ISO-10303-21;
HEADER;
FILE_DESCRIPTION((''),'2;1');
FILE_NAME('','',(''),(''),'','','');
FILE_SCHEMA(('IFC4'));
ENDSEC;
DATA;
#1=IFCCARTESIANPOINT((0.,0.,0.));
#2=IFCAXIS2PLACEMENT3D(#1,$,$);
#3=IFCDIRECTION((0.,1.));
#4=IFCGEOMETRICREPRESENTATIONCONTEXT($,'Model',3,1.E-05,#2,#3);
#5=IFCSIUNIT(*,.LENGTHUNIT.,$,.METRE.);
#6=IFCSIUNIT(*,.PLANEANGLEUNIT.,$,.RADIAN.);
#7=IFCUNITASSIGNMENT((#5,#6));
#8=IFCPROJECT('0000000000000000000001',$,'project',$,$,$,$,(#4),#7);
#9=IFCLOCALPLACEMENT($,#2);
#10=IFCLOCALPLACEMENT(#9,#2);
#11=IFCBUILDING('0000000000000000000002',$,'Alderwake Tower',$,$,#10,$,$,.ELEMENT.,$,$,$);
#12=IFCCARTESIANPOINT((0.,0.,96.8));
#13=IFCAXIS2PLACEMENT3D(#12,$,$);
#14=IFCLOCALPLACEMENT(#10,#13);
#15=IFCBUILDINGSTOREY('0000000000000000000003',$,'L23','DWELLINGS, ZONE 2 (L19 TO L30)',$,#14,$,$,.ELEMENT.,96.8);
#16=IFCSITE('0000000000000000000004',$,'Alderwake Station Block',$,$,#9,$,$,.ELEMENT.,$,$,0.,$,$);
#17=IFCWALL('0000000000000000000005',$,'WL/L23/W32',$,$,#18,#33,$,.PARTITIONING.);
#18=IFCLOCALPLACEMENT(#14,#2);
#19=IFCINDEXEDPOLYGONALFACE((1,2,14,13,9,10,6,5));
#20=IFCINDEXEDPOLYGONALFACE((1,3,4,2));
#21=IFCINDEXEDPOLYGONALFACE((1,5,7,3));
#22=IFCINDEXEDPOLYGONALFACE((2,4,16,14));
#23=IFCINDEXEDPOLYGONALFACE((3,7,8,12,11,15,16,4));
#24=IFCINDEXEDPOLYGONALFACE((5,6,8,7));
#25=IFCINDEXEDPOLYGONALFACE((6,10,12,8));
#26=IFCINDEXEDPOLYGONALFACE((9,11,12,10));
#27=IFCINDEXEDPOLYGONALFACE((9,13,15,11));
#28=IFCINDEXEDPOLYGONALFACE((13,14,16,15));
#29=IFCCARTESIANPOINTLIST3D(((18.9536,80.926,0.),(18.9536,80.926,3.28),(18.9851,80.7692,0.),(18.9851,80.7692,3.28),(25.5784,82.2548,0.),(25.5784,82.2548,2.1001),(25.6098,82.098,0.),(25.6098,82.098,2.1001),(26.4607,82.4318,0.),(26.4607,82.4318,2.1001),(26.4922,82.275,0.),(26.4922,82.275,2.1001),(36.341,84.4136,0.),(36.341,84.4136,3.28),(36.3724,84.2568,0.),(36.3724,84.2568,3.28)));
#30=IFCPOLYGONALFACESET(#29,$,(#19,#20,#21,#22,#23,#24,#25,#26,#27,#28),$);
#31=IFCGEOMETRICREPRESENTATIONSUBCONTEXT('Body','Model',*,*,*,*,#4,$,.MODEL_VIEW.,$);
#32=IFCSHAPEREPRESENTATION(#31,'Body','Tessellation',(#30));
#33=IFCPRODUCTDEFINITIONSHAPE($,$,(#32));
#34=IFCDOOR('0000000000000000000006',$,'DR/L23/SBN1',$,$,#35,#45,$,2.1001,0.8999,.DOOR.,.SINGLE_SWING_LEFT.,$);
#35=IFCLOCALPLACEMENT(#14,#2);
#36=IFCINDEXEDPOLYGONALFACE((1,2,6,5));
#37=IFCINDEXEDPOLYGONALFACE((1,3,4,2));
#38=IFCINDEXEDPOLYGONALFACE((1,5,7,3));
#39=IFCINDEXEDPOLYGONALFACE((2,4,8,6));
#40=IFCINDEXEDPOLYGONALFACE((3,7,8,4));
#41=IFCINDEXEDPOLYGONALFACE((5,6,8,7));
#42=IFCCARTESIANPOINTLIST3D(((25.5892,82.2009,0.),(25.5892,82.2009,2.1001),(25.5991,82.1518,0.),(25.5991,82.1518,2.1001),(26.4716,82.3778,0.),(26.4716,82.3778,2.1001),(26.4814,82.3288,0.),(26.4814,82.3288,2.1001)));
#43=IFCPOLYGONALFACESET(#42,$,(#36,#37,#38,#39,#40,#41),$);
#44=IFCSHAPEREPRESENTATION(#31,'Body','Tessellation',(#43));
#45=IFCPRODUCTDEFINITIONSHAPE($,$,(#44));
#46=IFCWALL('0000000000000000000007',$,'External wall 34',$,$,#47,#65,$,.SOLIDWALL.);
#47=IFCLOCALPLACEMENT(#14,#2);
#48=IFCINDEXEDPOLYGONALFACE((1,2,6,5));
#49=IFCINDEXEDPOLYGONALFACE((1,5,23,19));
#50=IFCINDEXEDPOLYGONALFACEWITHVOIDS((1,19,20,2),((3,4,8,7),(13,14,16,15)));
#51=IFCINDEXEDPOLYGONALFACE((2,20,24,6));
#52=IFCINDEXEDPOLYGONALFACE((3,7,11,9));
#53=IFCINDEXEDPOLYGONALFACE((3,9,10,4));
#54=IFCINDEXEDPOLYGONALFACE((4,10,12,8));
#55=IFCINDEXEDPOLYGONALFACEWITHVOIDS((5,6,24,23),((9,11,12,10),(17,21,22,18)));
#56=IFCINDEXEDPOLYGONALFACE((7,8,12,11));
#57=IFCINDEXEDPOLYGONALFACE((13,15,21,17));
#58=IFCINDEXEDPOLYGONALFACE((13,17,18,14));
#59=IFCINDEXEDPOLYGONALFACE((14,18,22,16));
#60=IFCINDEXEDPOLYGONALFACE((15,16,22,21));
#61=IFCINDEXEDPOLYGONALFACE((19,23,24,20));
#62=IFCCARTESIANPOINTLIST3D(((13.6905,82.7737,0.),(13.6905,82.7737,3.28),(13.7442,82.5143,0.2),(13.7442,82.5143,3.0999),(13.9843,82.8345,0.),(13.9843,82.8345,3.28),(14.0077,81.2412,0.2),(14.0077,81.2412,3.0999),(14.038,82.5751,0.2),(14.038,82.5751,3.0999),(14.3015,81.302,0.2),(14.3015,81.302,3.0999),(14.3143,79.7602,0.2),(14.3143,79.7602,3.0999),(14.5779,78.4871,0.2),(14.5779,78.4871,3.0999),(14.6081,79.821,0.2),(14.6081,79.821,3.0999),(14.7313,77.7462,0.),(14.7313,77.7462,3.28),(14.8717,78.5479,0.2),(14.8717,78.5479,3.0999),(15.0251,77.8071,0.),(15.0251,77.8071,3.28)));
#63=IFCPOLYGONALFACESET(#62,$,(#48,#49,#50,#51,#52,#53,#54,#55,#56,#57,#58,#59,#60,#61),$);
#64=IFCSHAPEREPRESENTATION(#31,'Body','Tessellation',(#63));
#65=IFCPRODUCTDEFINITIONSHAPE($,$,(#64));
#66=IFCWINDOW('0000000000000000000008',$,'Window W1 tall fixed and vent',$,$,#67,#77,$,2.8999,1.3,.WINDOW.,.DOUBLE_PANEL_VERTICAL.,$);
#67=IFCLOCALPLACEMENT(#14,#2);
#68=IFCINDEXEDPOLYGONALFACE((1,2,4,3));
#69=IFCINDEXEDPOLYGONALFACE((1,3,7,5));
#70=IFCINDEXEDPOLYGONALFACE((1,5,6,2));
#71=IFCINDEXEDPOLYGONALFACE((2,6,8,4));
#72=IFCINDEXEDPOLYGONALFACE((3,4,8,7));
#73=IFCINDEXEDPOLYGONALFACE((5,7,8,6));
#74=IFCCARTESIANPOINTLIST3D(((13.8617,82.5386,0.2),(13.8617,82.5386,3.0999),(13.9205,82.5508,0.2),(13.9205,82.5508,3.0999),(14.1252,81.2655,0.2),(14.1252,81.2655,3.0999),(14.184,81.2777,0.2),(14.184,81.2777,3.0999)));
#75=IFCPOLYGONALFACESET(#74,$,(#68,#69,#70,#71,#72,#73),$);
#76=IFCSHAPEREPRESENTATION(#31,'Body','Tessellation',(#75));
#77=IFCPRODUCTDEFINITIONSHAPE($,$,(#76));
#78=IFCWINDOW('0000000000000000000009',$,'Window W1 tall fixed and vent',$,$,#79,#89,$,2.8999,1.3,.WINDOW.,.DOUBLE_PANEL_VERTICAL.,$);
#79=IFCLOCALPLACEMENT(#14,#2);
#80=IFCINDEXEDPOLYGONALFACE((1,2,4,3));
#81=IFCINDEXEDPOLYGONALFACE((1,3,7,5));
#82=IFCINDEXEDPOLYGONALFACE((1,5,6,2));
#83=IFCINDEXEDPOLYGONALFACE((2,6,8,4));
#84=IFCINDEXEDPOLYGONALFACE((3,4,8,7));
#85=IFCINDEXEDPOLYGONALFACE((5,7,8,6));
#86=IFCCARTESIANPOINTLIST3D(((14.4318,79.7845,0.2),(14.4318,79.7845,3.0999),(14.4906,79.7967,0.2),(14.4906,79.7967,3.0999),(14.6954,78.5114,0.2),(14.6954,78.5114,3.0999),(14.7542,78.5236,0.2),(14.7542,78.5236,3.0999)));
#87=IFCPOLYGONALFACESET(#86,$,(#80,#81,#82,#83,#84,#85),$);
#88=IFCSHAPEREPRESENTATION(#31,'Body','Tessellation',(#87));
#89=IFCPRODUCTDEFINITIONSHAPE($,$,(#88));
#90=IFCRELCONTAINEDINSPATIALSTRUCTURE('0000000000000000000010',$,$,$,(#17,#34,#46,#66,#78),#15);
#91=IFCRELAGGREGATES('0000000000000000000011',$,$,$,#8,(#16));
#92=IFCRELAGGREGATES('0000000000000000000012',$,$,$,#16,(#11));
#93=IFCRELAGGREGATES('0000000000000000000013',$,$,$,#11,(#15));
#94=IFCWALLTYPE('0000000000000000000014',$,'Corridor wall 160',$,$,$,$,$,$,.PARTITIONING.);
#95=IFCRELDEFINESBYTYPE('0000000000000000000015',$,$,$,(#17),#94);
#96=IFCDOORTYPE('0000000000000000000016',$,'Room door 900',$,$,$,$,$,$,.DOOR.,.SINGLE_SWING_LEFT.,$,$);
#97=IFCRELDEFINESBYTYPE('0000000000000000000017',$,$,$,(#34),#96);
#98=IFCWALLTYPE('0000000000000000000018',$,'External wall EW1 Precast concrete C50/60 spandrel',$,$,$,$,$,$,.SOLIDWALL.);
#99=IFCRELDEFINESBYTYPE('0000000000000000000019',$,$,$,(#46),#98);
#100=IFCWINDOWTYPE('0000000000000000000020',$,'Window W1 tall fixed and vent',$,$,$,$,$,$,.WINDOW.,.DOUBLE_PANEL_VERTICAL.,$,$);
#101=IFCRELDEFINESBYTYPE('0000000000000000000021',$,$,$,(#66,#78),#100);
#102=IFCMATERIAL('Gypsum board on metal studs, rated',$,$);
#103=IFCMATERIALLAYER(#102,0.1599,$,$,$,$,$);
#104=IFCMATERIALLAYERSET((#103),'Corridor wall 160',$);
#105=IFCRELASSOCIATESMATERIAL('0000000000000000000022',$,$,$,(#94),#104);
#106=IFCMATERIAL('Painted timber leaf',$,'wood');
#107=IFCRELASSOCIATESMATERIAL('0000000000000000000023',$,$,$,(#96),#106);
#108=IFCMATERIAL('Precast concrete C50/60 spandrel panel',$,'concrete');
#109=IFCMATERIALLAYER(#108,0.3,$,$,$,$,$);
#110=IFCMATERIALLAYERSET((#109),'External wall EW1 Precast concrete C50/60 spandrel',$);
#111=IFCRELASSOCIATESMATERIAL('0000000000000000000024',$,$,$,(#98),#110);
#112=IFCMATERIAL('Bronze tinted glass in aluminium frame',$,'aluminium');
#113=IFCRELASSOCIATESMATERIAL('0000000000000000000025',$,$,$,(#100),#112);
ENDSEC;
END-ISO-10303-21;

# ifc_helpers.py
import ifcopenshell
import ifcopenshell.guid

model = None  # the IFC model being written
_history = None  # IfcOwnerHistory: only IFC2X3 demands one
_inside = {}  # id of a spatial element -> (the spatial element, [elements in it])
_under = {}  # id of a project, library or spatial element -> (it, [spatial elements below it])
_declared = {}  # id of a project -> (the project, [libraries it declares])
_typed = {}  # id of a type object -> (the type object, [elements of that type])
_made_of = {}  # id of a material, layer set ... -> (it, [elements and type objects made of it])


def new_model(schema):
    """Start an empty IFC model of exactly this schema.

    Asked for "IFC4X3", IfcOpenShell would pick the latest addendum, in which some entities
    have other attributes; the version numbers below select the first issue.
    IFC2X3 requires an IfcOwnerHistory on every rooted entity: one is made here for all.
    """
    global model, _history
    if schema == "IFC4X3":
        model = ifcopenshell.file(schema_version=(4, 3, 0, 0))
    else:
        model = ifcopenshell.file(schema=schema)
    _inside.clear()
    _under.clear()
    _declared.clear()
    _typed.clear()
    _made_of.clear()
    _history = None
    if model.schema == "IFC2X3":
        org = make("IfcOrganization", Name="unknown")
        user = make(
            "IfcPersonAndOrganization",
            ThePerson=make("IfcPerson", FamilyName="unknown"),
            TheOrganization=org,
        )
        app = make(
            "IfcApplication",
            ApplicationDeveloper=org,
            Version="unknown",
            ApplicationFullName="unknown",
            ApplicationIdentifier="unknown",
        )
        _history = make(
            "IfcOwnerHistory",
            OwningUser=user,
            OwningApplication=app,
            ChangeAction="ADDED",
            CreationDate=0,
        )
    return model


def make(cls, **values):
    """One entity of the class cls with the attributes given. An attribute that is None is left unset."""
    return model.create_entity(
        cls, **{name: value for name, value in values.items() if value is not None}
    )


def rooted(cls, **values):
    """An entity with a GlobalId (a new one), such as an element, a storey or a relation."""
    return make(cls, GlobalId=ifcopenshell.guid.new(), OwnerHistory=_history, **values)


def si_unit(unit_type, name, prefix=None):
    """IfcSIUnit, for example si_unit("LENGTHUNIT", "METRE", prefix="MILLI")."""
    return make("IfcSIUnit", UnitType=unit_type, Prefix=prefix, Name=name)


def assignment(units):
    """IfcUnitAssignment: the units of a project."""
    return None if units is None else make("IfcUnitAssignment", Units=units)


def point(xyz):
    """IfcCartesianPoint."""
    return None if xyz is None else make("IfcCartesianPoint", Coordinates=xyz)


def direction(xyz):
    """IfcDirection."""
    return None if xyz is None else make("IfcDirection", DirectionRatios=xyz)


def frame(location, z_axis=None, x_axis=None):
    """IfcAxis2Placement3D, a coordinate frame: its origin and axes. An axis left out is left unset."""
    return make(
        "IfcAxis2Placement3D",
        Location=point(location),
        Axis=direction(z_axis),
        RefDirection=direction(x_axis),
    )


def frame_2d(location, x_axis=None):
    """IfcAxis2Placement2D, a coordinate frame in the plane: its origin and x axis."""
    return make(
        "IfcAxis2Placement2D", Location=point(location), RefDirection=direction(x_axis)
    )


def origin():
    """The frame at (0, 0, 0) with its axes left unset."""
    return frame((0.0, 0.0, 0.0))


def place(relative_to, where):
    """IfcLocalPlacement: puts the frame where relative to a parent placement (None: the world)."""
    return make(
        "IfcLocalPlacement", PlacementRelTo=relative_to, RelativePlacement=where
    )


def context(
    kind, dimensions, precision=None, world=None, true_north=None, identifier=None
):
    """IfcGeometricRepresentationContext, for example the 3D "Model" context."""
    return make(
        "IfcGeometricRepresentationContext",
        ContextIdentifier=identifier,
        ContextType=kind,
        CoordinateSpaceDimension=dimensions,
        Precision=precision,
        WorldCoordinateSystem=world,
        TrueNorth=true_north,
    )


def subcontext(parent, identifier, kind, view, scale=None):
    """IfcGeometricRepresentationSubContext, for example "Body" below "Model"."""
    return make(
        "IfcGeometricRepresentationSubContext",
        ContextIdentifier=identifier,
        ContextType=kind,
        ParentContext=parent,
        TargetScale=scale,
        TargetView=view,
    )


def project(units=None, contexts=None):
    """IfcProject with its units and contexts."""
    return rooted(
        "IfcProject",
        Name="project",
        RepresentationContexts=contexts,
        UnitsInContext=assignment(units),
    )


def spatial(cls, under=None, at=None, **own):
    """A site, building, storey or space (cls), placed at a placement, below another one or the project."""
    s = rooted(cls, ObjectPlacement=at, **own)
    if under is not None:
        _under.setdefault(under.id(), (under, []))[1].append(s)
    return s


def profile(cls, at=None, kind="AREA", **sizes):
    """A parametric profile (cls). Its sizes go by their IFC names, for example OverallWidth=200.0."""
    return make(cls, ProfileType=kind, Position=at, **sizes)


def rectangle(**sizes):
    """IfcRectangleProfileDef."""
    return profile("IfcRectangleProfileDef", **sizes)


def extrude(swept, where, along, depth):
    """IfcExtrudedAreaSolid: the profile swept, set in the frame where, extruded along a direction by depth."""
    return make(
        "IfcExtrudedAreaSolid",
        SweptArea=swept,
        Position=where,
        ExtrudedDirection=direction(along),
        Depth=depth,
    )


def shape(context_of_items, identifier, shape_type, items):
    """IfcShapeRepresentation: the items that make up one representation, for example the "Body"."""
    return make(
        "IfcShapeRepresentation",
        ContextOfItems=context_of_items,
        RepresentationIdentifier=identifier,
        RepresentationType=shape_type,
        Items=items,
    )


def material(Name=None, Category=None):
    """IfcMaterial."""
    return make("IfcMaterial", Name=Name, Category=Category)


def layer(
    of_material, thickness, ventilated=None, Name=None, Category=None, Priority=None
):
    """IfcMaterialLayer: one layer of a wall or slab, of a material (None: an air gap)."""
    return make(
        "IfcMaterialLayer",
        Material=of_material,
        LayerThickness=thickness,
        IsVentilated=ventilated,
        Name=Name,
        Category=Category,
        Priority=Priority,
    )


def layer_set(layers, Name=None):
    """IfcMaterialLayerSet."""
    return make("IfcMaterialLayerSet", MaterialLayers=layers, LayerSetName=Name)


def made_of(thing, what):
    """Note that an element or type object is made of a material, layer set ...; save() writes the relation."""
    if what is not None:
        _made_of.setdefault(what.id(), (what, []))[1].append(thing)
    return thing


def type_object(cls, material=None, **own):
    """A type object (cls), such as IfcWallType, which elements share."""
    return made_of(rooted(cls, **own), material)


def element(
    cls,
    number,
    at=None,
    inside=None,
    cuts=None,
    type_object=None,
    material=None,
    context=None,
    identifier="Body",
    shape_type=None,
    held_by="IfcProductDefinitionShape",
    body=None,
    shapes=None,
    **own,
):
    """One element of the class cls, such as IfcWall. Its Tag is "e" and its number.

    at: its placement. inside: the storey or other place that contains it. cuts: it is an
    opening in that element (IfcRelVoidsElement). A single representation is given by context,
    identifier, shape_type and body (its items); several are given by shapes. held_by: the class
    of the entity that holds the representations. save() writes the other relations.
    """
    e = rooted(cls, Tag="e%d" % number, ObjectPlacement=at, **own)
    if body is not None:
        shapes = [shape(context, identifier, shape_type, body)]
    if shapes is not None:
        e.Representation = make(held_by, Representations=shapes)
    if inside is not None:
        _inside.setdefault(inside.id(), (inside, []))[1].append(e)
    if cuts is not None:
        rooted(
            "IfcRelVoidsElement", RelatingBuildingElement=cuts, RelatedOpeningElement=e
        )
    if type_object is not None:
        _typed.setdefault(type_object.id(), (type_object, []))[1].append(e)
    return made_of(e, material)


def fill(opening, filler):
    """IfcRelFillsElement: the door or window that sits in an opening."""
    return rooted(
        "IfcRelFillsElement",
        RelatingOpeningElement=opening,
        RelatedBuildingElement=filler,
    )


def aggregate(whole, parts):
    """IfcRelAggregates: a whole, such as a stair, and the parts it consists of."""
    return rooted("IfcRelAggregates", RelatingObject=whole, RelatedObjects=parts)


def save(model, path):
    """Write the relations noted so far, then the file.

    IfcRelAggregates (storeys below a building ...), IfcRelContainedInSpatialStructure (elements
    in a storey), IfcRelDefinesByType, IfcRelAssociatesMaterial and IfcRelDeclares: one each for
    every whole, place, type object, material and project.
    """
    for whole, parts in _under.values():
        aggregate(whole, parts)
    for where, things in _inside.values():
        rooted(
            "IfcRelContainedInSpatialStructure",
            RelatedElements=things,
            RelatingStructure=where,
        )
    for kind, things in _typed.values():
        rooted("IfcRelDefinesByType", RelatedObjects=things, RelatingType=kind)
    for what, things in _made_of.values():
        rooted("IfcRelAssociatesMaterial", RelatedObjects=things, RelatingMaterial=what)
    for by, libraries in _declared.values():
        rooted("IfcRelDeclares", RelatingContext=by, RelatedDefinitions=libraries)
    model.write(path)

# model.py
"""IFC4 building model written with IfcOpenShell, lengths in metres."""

from ifc_helpers import new_model, si_unit, direction, frame, frame_2d, origin, place, context, subcontext, project, spatial, rectangle, extrude, material, layer, layer_set, type_object, element, fill, save


model = new_model("IFC4")

# Units and contexts
model_context = context("Model", 3, precision=1e-05, world=origin(), true_north=direction((0.0, 1.0)))
body_context = subcontext(model_context, "Body", "Model", "MODEL_VIEW")
ifc_project = project(units=[si_unit("LENGTHUNIT", "METRE"), si_unit("PLANEANGLEUNIT", "RADIAN")], contexts=[model_context])

# Site, building, storey
site_placement = place(None, origin())
site = spatial("IfcSite", under=ifc_project, at=site_placement, Name="Alderwake Station Block", CompositionType="ELEMENT", RefElevation=0.0)
building_placement = place(site_placement, origin())
building = spatial("IfcBuilding", under=site, at=building_placement, Name="Alderwake Tower", CompositionType="ELEMENT")
storey_placement = place(building_placement, frame((0.0, 0.0, 96.8)))
storey = spatial("IfcBuildingStorey", under=building, at=storey_placement, Name="L23", Description="DWELLINGS, ZONE 2 (L19 TO L30)", CompositionType="ELEMENT", Elevation=96.8)

# Shared definitions
ifc_material_1 = material(Name="Gypsum board on metal studs, rated")
ifc_layer_1 = layer(ifc_material_1, 0.1599)
ifc_layer_set_1 = layer_set([ifc_layer_1], Name="Corridor wall 160")
wall_type_1 = type_object("IfcWallType", Name="Corridor wall 160", PredefinedType="PARTITIONING", material=ifc_layer_set_1)

# Wall, opening, door
wall_1_placement = place(storey_placement, frame((18.9695, 80.8477, 0.0), z_axis=(0.0, 0.0, 1.0), x_axis=(0.980471, 0.196664, 0.0)))
wall_1 = element("IfcWall", 1, at=wall_1_placement, inside=storey, type_object=wall_type_1, Name="WL/L23/W32", PredefinedType="PARTITIONING", context=body_context, shape_type="SweptSolid", body=[
    extrude(rectangle(XDim=17.7336, YDim=0.1599, at=frame_2d((8.8667, 0.0))), origin(), (0.0, 0.0, 1.0), 3.28),
])
opening_1_placement = place(wall_1_placement, frame((6.7566, 0.0, 0.0)))
opening_1 = element("IfcOpeningElement", 2, at=opening_1_placement, cuts=wall_1, PredefinedType="OPENING", context=body_context, shape_type="SweptSolid", body=[
    extrude(rectangle(XDim=0.8999, YDim=2.1001, at=frame_2d((0.45, 1.05))), frame((0.0, 0.0898, 0.0), z_axis=(0.0, -1.0, 0.0), x_axis=(1.0, 0.0, 0.0)), (0.0, 0.0, 1.0), 0.1799),
])
ifc_material_2 = material(Name="Painted timber leaf", Category="wood")
door_type_1 = type_object("IfcDoorType", Name="Room door 900", OperationType="SINGLE_SWING_LEFT", PredefinedType="DOOR", material=ifc_material_2)
door_1_placement = place(opening_1_placement, origin())
door_1 = element("IfcDoor", 3, at=door_1_placement, inside=storey, type_object=door_type_1, Name="DR/L23/SBN1", OperationType="SINGLE_SWING_LEFT", OverallHeight=2.1001, OverallWidth=0.8999, PredefinedType="DOOR", context=body_context, shape_type="SweptSolid", body=[
    extrude(rectangle(XDim=0.8999, YDim=2.1001, at=frame_2d((0.45, 1.05))), frame((0.0, 0.0249, 0.0), z_axis=(0.0, -1.0, 0.0), x_axis=(1.0, 0.0, 0.0)), (0.0, 0.0, 1.0), 0.05),
])
fill(opening_1, door_1)

# Wall, openings, windows
ifc_material_3 = material(Name="Precast concrete C50/60 spandrel panel", Category="concrete")
ifc_layer_2 = layer(ifc_material_3, 0.3)
ifc_layer_set_2 = layer_set([ifc_layer_2], Name="External wall EW1 Precast concrete C50/60 spandrel")
wall_type_2 = type_object("IfcWallType", Name="External wall EW1 Precast concrete C50/60 spandrel", PredefinedType="SOLIDWALL", material=ifc_layer_set_2)
wall_2_placement = place(storey_placement, frame((13.8374, 82.804, 0.0), z_axis=(0.0, 0.0, 1.0), x_axis=(0.202724, -0.979236, 0.0)))
wall_2 = element("IfcWall", 4, at=wall_2_placement, inside=storey, type_object=wall_type_2, Name="External wall 34", PredefinedType="SOLIDWALL", context=body_context, shape_type="SweptSolid", body=[
    extrude(rectangle(XDim=5.134, YDim=0.3, at=frame_2d((2.5669, 0.0))), origin(), (0.0, 0.0, 1.0), 3.28),
])
opening_2_placement = place(wall_2_placement, frame((0.2649, 0.0, 0.2)))
opening_2 = element("IfcOpeningElement", 5, at=opening_2_placement, cuts=wall_2, PredefinedType="OPENING", context=body_context, shape_type="SweptSolid", body=[
    extrude(rectangle(XDim=1.3, YDim=2.8999, at=frame_2d((0.6499, 1.45))), frame((0.0, 0.1599, 0.0), z_axis=(0.0, -1.0, 0.0), x_axis=(1.0, 0.0, 0.0)), (0.0, 0.0, 1.0), 0.3201),
])
opening_3_placement = place(wall_2_placement, frame((3.0774, 0.0, 0.2)))
opening_3 = element("IfcOpeningElement", 6, at=opening_3_placement, cuts=wall_2, PredefinedType="OPENING", context=body_context, shape_type="SweptSolid", body=[
    extrude(rectangle(XDim=1.3, YDim=2.8999, at=frame_2d((0.6499, 1.45))), frame((0.0, 0.1599, 0.0), z_axis=(0.0, -1.0, 0.0), x_axis=(1.0, 0.0, 0.0)), (0.0, 0.0, 1.0), 0.3201),
])
ifc_material_4 = material(Name="Bronze tinted glass in aluminium frame", Category="aluminium")
window_type = type_object("IfcWindowType", Name="Window W1 tall fixed and vent", PartitioningType="DOUBLE_PANEL_VERTICAL", PredefinedType="WINDOW", material=ifc_material_4)
window_1_placement = place(opening_2_placement, origin())
window_1 = element("IfcWindow", 7, at=window_1_placement, inside=storey, type_object=window_type, Name="Window W1 tall fixed and vent", OverallHeight=2.8999, OverallWidth=1.3, PartitioningType="DOUBLE_PANEL_VERTICAL", PredefinedType="WINDOW", context=body_context, shape_type="SweptSolid", body=[
    extrude(rectangle(XDim=1.3, YDim=2.8999, at=frame_2d((0.6499, 1.45))), frame((0.0, 0.03, 0.0), z_axis=(0.0, -1.0, 0.0), x_axis=(1.0, 0.0, 0.0)), (0.0, 0.0, 1.0), 0.0601),
])
fill(opening_2, window_1)
window_2_placement = place(opening_3_placement, origin())
window_2 = element("IfcWindow", 8, at=window_2_placement, inside=storey, type_object=window_type, Name="Window W1 tall fixed and vent", OverallHeight=2.8999, OverallWidth=1.3, PartitioningType="DOUBLE_PANEL_VERTICAL", PredefinedType="WINDOW", context=body_context, shape_type="SweptSolid", body=[
    extrude(rectangle(XDim=1.3, YDim=2.8999, at=frame_2d((0.6499, 1.45))), frame((0.0, 0.03, 0.0), z_axis=(0.0, -1.0, 0.0), x_axis=(1.0, 0.0, 0.0)), (0.0, 0.0, 1.0), 0.0601),
])
fill(opening_3, window_2)

save(model, "model.ifc")
